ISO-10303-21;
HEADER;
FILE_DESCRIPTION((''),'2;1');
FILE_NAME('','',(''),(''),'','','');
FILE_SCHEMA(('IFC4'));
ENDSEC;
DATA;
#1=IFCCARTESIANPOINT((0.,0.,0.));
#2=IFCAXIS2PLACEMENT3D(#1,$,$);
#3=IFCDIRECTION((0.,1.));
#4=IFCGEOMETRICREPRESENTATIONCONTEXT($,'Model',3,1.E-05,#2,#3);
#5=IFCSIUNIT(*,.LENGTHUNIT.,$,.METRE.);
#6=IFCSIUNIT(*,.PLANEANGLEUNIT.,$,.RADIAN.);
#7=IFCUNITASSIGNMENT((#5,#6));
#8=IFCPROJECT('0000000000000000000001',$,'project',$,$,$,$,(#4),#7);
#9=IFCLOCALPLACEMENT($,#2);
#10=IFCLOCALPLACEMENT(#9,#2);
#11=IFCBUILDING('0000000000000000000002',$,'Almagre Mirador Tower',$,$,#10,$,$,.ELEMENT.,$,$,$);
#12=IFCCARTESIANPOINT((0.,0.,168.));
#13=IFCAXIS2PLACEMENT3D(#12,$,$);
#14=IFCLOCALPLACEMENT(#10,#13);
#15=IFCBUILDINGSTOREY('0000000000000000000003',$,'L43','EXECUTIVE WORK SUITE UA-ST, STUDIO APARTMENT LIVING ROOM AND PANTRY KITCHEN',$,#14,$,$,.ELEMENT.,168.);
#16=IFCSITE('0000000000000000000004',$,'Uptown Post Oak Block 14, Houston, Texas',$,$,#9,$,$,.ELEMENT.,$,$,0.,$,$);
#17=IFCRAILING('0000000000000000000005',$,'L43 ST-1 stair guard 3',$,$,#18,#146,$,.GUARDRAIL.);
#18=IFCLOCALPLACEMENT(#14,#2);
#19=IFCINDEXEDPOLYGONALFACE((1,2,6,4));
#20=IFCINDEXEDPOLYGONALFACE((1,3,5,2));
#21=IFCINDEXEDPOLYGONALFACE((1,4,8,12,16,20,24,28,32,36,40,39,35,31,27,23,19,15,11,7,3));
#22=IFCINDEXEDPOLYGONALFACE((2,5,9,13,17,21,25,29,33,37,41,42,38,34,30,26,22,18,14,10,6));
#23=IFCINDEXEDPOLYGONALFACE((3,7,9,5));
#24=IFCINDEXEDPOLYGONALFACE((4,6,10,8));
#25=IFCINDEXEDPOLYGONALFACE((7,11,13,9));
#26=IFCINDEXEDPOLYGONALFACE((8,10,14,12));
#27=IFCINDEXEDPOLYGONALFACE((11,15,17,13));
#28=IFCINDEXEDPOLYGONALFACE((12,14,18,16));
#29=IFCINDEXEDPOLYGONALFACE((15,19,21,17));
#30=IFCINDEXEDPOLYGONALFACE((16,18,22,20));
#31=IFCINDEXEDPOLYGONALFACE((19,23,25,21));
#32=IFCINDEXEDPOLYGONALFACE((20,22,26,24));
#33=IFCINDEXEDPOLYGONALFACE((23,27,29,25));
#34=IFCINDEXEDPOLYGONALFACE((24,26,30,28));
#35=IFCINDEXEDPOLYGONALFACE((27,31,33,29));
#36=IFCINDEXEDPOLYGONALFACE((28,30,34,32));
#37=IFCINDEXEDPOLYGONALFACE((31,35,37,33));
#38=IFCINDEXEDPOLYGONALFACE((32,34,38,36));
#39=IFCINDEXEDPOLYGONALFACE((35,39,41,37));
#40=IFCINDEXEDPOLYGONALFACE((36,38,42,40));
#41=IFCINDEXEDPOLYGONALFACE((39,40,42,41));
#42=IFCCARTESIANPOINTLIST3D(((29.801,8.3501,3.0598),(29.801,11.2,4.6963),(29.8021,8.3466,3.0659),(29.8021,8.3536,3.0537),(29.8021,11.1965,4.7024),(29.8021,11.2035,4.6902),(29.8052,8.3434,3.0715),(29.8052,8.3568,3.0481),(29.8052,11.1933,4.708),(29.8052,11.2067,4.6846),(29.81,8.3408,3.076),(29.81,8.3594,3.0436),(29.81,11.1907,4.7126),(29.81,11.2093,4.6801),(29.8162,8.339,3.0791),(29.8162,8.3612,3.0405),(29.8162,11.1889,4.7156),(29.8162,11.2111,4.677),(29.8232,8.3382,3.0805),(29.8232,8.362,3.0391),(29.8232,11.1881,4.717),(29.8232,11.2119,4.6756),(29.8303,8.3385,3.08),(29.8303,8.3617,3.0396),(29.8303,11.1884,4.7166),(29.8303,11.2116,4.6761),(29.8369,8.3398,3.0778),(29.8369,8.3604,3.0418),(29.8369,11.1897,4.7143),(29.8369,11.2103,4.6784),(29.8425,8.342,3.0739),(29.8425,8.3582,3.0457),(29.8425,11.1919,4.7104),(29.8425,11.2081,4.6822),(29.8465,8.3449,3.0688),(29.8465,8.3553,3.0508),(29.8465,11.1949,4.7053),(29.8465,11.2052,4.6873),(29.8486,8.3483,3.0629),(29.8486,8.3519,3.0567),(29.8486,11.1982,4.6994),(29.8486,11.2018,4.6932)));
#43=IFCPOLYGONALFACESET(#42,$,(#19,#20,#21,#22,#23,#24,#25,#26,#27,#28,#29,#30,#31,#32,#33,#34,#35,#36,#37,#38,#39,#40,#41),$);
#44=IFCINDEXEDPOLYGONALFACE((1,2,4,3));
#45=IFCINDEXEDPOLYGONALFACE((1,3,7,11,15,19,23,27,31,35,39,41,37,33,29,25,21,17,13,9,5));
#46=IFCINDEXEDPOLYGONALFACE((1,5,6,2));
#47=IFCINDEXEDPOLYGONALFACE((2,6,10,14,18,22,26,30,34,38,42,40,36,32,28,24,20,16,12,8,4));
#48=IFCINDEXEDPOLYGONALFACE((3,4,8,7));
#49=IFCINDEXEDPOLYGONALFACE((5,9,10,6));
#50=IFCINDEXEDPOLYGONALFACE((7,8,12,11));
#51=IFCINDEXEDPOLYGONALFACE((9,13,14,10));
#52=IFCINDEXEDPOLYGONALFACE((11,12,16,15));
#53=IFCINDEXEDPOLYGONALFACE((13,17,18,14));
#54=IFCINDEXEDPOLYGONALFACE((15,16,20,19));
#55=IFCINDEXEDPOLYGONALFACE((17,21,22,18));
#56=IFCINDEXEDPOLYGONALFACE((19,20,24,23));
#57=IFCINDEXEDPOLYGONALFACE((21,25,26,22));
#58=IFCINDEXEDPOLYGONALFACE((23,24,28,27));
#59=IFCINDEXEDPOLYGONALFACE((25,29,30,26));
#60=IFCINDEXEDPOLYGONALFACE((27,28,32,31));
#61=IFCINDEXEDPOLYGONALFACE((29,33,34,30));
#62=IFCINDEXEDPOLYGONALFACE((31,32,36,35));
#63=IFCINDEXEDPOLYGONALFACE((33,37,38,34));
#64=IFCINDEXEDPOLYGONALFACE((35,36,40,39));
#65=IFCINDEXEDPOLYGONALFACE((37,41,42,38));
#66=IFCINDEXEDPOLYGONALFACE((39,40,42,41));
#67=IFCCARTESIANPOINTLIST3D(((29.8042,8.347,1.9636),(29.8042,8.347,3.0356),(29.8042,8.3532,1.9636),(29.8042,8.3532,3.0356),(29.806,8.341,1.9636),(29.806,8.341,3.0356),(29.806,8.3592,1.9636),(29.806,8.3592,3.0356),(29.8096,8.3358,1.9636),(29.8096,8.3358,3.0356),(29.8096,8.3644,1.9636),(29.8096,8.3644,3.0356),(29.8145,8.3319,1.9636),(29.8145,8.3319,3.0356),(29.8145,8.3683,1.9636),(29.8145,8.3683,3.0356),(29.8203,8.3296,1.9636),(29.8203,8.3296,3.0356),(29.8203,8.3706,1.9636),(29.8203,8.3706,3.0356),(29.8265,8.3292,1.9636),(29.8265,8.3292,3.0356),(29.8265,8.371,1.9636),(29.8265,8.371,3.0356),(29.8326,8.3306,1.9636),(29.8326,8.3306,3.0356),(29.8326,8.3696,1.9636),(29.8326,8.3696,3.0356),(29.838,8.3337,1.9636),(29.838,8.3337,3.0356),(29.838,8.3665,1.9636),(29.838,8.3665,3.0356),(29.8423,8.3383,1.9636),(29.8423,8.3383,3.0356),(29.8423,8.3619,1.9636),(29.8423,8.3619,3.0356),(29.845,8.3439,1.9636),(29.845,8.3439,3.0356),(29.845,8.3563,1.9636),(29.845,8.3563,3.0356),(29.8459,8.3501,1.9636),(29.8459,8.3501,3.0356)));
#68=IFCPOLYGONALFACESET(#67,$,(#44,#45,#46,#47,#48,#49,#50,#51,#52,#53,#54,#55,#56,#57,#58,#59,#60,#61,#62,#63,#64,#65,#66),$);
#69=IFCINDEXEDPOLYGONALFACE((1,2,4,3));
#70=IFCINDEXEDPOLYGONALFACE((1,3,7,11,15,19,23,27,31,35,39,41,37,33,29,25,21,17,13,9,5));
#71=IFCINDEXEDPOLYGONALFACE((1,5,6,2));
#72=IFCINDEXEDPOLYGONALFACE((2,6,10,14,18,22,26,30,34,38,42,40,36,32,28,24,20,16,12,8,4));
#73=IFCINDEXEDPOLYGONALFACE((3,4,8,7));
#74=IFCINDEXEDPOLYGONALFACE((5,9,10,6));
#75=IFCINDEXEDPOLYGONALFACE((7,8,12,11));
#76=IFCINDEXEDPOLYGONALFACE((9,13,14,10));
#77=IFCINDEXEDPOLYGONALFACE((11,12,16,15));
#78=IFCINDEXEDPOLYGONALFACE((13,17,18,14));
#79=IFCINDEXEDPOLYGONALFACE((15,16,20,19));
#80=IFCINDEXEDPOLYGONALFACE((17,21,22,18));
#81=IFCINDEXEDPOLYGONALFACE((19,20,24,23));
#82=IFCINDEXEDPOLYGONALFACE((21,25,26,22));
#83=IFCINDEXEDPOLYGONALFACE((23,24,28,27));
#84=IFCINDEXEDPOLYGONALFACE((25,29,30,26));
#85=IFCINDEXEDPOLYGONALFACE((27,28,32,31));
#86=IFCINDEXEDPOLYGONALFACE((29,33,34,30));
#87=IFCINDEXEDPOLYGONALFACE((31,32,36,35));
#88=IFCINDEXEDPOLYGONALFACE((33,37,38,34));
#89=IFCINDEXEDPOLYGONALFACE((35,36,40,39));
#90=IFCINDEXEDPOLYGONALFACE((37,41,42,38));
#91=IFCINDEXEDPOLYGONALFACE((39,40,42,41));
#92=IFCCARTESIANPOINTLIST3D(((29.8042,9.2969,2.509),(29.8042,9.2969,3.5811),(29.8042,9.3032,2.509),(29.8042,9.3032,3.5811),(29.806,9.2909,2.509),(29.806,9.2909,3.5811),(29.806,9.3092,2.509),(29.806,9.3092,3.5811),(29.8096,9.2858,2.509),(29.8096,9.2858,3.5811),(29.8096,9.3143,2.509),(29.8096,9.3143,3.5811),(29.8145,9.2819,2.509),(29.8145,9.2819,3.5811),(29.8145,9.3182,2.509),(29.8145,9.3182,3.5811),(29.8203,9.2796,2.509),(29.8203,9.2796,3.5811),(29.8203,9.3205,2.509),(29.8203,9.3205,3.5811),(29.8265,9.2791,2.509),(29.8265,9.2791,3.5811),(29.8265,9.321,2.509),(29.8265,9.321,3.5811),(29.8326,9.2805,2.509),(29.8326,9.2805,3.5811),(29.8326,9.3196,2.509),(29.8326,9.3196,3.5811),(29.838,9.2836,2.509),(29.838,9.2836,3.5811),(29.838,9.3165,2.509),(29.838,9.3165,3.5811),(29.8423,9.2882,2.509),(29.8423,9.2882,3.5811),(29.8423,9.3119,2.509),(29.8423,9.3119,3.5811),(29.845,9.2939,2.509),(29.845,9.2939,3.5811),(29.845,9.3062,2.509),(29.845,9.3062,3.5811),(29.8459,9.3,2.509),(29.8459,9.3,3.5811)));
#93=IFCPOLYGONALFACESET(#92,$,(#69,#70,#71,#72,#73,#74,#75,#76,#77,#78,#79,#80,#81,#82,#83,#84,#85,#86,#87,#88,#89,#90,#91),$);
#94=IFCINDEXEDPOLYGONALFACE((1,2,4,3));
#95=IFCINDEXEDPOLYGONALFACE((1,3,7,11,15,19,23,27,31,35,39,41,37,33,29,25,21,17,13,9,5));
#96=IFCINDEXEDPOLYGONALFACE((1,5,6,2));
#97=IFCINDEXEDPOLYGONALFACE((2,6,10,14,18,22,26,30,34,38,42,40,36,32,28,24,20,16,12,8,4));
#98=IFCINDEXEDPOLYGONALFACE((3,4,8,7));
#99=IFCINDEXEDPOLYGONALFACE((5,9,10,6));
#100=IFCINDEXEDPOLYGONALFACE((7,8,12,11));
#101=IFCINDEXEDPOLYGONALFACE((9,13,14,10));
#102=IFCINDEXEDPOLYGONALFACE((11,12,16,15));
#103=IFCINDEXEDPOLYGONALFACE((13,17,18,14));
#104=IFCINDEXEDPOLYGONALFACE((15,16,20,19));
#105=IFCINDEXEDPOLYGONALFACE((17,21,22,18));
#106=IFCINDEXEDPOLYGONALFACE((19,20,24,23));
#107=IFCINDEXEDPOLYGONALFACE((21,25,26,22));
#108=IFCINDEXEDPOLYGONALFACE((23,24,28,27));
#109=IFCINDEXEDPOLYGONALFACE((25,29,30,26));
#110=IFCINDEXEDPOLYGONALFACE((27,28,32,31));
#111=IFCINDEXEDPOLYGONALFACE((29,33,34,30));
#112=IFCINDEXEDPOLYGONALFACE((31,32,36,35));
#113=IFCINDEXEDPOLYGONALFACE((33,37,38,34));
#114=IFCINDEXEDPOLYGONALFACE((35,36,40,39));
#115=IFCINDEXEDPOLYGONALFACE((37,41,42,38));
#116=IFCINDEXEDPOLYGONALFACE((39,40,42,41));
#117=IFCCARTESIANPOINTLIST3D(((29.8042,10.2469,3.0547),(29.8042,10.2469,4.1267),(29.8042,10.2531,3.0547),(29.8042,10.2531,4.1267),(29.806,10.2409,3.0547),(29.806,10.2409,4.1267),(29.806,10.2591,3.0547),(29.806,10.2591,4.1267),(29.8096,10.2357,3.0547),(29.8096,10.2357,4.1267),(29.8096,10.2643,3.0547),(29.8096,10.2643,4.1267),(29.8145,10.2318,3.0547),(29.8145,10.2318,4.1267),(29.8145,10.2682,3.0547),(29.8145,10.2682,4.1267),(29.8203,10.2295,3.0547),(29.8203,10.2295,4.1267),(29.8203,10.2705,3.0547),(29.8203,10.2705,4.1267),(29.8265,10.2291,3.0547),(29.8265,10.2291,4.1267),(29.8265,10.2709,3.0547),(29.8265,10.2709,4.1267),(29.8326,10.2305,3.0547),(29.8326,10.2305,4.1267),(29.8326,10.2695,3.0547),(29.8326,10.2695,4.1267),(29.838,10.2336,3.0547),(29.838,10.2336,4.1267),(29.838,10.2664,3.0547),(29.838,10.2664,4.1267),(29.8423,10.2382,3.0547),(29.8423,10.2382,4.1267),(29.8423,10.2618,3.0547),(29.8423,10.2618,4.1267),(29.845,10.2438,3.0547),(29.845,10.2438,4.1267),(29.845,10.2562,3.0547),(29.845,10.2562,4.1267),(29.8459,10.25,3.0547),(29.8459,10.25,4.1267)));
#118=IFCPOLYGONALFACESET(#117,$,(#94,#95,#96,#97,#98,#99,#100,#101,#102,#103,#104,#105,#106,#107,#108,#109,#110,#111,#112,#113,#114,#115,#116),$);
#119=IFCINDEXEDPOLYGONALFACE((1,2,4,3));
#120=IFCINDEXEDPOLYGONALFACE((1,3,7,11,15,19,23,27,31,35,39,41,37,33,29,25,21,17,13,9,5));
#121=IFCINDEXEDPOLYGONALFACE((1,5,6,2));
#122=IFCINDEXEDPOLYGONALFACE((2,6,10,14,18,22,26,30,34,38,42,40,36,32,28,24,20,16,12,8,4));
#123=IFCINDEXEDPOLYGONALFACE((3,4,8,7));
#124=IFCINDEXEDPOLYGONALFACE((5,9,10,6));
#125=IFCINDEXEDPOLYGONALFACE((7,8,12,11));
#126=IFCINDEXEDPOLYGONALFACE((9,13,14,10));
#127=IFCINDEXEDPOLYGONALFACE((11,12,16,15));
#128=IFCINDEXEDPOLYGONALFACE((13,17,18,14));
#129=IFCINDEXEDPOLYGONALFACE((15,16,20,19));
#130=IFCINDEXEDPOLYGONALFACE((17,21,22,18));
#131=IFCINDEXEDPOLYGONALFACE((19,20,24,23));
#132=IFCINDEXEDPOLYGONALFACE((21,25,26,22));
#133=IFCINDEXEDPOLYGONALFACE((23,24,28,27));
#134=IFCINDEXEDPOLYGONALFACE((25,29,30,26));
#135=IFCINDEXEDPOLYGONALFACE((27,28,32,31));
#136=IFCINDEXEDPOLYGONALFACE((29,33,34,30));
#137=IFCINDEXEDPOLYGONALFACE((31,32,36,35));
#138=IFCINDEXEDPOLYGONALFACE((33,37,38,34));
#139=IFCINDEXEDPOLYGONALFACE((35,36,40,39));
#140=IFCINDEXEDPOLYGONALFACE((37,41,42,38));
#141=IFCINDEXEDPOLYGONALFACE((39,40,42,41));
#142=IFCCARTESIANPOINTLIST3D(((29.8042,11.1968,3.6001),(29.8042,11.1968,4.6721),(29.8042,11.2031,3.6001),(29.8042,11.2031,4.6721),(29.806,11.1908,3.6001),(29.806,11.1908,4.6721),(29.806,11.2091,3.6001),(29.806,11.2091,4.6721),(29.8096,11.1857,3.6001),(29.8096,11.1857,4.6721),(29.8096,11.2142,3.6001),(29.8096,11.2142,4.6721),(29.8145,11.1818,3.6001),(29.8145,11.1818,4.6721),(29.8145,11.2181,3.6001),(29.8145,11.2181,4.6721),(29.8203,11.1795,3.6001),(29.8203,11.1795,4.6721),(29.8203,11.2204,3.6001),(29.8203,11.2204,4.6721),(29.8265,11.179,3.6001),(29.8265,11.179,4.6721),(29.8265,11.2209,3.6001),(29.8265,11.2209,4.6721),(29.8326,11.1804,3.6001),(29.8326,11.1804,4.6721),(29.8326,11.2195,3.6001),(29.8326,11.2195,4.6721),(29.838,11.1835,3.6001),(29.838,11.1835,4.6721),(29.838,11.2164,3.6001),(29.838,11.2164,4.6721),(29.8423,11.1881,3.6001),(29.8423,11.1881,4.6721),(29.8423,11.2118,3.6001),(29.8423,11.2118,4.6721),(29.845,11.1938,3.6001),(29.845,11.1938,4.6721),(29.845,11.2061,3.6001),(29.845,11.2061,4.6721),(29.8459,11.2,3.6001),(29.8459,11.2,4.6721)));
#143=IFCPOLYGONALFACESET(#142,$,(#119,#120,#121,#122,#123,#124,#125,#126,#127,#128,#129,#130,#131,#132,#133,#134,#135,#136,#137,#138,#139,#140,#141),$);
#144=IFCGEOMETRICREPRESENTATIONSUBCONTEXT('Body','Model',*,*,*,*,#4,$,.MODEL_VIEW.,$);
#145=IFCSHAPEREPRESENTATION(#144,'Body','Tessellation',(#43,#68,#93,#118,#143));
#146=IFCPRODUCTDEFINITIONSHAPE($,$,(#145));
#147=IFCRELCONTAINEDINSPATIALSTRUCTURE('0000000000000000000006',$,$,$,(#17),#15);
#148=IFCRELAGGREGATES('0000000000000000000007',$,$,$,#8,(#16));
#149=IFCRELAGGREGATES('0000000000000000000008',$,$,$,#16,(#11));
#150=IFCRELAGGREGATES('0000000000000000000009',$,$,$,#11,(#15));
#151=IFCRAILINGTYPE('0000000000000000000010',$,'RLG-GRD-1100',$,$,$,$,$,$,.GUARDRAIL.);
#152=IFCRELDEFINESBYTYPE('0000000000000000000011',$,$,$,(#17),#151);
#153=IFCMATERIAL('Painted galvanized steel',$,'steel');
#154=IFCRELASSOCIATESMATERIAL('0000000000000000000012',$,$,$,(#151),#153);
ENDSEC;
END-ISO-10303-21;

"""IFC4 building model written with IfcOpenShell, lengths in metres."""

from ifc_helpers import new_model, si_unit, direction, frame, origin, origin_2d, place, context, subcontext, project, spatial, circle, extrude, material, type_object, element, save


model = new_model("IFC4")

# Units and contexts
model_context = context("Model", 3, precision=1e-05, world=origin(), true_north=direction((0.0, 1.0)))
body_context = subcontext(model_context, "Body", "Model", "MODEL_VIEW")
ifc_project = project(units=[si_unit("LENGTHUNIT", "METRE"), si_unit("PLANEANGLEUNIT", "RADIAN")], contexts=[model_context])

# Site, building, storey
site_placement = place(None, origin())
site = spatial("IfcSite", under=ifc_project, at=site_placement, Name="Uptown Post Oak Block 14, Houston, Texas", CompositionType="ELEMENT", RefElevation=0.0)
building_placement = place(site_placement, origin())
building = spatial("IfcBuilding", under=site, at=building_placement, Name="Almagre Mirador Tower", CompositionType="ELEMENT")
storey_placement = place(building_placement, frame((0.0, 0.0, 168.0)))
storey = spatial("IfcBuildingStorey", under=building, at=storey_placement, Name="L43", Description="EXECUTIVE WORK SUITE UA-ST, STUDIO APARTMENT LIVING ROOM AND PANTRY KITCHEN", CompositionType="ELEMENT", Elevation=168.0)

# Railing
ifc_material_1 = material(Name="Painted galvanized steel", Category="steel")
railing_type_1 = type_object("IfcRailingType", Name="RLG-GRD-1100", PredefinedType="GUARDRAIL", material=ifc_material_1)
railing_1_placement = place(storey_placement, frame((29.825, 8.3501, 1.9636)))
element("IfcRailing", 1, at=railing_1_placement, inside=storey, type_object=railing_type_1, Name="L43 ST-1 stair guard 3", PredefinedType="GUARDRAIL", context=body_context, shape_type="SweptSolid", body=[
    extrude(circle(Radius=0.0239, at=origin_2d()), frame((0.0, 0.0, 1.0962), z_axis=(0.0, 0.867194, 0.49797), x_axis=(-1.0, 0.0, 0.0)), (0.0, 0.0, 1.0), 3.2864),
    extrude(circle(Radius=0.021, at=origin_2d()), origin(), (0.0, 0.0, 1.0), 1.072),
    extrude(circle(Radius=0.021, at=origin_2d()), frame((0.0, 0.95, 0.5454)), (0.0, 0.0, 1.0), 1.072),
    extrude(circle(Radius=0.021, at=origin_2d()), frame((0.0, 1.8999, 1.0911)), (0.0, 0.0, 1.0), 1.072),
    extrude(circle(Radius=0.021, at=origin_2d()), frame((0.0, 2.8499, 1.6365)), (0.0, 0.0, 1.0), 1.072),
])

save(model, "model.ifc")
